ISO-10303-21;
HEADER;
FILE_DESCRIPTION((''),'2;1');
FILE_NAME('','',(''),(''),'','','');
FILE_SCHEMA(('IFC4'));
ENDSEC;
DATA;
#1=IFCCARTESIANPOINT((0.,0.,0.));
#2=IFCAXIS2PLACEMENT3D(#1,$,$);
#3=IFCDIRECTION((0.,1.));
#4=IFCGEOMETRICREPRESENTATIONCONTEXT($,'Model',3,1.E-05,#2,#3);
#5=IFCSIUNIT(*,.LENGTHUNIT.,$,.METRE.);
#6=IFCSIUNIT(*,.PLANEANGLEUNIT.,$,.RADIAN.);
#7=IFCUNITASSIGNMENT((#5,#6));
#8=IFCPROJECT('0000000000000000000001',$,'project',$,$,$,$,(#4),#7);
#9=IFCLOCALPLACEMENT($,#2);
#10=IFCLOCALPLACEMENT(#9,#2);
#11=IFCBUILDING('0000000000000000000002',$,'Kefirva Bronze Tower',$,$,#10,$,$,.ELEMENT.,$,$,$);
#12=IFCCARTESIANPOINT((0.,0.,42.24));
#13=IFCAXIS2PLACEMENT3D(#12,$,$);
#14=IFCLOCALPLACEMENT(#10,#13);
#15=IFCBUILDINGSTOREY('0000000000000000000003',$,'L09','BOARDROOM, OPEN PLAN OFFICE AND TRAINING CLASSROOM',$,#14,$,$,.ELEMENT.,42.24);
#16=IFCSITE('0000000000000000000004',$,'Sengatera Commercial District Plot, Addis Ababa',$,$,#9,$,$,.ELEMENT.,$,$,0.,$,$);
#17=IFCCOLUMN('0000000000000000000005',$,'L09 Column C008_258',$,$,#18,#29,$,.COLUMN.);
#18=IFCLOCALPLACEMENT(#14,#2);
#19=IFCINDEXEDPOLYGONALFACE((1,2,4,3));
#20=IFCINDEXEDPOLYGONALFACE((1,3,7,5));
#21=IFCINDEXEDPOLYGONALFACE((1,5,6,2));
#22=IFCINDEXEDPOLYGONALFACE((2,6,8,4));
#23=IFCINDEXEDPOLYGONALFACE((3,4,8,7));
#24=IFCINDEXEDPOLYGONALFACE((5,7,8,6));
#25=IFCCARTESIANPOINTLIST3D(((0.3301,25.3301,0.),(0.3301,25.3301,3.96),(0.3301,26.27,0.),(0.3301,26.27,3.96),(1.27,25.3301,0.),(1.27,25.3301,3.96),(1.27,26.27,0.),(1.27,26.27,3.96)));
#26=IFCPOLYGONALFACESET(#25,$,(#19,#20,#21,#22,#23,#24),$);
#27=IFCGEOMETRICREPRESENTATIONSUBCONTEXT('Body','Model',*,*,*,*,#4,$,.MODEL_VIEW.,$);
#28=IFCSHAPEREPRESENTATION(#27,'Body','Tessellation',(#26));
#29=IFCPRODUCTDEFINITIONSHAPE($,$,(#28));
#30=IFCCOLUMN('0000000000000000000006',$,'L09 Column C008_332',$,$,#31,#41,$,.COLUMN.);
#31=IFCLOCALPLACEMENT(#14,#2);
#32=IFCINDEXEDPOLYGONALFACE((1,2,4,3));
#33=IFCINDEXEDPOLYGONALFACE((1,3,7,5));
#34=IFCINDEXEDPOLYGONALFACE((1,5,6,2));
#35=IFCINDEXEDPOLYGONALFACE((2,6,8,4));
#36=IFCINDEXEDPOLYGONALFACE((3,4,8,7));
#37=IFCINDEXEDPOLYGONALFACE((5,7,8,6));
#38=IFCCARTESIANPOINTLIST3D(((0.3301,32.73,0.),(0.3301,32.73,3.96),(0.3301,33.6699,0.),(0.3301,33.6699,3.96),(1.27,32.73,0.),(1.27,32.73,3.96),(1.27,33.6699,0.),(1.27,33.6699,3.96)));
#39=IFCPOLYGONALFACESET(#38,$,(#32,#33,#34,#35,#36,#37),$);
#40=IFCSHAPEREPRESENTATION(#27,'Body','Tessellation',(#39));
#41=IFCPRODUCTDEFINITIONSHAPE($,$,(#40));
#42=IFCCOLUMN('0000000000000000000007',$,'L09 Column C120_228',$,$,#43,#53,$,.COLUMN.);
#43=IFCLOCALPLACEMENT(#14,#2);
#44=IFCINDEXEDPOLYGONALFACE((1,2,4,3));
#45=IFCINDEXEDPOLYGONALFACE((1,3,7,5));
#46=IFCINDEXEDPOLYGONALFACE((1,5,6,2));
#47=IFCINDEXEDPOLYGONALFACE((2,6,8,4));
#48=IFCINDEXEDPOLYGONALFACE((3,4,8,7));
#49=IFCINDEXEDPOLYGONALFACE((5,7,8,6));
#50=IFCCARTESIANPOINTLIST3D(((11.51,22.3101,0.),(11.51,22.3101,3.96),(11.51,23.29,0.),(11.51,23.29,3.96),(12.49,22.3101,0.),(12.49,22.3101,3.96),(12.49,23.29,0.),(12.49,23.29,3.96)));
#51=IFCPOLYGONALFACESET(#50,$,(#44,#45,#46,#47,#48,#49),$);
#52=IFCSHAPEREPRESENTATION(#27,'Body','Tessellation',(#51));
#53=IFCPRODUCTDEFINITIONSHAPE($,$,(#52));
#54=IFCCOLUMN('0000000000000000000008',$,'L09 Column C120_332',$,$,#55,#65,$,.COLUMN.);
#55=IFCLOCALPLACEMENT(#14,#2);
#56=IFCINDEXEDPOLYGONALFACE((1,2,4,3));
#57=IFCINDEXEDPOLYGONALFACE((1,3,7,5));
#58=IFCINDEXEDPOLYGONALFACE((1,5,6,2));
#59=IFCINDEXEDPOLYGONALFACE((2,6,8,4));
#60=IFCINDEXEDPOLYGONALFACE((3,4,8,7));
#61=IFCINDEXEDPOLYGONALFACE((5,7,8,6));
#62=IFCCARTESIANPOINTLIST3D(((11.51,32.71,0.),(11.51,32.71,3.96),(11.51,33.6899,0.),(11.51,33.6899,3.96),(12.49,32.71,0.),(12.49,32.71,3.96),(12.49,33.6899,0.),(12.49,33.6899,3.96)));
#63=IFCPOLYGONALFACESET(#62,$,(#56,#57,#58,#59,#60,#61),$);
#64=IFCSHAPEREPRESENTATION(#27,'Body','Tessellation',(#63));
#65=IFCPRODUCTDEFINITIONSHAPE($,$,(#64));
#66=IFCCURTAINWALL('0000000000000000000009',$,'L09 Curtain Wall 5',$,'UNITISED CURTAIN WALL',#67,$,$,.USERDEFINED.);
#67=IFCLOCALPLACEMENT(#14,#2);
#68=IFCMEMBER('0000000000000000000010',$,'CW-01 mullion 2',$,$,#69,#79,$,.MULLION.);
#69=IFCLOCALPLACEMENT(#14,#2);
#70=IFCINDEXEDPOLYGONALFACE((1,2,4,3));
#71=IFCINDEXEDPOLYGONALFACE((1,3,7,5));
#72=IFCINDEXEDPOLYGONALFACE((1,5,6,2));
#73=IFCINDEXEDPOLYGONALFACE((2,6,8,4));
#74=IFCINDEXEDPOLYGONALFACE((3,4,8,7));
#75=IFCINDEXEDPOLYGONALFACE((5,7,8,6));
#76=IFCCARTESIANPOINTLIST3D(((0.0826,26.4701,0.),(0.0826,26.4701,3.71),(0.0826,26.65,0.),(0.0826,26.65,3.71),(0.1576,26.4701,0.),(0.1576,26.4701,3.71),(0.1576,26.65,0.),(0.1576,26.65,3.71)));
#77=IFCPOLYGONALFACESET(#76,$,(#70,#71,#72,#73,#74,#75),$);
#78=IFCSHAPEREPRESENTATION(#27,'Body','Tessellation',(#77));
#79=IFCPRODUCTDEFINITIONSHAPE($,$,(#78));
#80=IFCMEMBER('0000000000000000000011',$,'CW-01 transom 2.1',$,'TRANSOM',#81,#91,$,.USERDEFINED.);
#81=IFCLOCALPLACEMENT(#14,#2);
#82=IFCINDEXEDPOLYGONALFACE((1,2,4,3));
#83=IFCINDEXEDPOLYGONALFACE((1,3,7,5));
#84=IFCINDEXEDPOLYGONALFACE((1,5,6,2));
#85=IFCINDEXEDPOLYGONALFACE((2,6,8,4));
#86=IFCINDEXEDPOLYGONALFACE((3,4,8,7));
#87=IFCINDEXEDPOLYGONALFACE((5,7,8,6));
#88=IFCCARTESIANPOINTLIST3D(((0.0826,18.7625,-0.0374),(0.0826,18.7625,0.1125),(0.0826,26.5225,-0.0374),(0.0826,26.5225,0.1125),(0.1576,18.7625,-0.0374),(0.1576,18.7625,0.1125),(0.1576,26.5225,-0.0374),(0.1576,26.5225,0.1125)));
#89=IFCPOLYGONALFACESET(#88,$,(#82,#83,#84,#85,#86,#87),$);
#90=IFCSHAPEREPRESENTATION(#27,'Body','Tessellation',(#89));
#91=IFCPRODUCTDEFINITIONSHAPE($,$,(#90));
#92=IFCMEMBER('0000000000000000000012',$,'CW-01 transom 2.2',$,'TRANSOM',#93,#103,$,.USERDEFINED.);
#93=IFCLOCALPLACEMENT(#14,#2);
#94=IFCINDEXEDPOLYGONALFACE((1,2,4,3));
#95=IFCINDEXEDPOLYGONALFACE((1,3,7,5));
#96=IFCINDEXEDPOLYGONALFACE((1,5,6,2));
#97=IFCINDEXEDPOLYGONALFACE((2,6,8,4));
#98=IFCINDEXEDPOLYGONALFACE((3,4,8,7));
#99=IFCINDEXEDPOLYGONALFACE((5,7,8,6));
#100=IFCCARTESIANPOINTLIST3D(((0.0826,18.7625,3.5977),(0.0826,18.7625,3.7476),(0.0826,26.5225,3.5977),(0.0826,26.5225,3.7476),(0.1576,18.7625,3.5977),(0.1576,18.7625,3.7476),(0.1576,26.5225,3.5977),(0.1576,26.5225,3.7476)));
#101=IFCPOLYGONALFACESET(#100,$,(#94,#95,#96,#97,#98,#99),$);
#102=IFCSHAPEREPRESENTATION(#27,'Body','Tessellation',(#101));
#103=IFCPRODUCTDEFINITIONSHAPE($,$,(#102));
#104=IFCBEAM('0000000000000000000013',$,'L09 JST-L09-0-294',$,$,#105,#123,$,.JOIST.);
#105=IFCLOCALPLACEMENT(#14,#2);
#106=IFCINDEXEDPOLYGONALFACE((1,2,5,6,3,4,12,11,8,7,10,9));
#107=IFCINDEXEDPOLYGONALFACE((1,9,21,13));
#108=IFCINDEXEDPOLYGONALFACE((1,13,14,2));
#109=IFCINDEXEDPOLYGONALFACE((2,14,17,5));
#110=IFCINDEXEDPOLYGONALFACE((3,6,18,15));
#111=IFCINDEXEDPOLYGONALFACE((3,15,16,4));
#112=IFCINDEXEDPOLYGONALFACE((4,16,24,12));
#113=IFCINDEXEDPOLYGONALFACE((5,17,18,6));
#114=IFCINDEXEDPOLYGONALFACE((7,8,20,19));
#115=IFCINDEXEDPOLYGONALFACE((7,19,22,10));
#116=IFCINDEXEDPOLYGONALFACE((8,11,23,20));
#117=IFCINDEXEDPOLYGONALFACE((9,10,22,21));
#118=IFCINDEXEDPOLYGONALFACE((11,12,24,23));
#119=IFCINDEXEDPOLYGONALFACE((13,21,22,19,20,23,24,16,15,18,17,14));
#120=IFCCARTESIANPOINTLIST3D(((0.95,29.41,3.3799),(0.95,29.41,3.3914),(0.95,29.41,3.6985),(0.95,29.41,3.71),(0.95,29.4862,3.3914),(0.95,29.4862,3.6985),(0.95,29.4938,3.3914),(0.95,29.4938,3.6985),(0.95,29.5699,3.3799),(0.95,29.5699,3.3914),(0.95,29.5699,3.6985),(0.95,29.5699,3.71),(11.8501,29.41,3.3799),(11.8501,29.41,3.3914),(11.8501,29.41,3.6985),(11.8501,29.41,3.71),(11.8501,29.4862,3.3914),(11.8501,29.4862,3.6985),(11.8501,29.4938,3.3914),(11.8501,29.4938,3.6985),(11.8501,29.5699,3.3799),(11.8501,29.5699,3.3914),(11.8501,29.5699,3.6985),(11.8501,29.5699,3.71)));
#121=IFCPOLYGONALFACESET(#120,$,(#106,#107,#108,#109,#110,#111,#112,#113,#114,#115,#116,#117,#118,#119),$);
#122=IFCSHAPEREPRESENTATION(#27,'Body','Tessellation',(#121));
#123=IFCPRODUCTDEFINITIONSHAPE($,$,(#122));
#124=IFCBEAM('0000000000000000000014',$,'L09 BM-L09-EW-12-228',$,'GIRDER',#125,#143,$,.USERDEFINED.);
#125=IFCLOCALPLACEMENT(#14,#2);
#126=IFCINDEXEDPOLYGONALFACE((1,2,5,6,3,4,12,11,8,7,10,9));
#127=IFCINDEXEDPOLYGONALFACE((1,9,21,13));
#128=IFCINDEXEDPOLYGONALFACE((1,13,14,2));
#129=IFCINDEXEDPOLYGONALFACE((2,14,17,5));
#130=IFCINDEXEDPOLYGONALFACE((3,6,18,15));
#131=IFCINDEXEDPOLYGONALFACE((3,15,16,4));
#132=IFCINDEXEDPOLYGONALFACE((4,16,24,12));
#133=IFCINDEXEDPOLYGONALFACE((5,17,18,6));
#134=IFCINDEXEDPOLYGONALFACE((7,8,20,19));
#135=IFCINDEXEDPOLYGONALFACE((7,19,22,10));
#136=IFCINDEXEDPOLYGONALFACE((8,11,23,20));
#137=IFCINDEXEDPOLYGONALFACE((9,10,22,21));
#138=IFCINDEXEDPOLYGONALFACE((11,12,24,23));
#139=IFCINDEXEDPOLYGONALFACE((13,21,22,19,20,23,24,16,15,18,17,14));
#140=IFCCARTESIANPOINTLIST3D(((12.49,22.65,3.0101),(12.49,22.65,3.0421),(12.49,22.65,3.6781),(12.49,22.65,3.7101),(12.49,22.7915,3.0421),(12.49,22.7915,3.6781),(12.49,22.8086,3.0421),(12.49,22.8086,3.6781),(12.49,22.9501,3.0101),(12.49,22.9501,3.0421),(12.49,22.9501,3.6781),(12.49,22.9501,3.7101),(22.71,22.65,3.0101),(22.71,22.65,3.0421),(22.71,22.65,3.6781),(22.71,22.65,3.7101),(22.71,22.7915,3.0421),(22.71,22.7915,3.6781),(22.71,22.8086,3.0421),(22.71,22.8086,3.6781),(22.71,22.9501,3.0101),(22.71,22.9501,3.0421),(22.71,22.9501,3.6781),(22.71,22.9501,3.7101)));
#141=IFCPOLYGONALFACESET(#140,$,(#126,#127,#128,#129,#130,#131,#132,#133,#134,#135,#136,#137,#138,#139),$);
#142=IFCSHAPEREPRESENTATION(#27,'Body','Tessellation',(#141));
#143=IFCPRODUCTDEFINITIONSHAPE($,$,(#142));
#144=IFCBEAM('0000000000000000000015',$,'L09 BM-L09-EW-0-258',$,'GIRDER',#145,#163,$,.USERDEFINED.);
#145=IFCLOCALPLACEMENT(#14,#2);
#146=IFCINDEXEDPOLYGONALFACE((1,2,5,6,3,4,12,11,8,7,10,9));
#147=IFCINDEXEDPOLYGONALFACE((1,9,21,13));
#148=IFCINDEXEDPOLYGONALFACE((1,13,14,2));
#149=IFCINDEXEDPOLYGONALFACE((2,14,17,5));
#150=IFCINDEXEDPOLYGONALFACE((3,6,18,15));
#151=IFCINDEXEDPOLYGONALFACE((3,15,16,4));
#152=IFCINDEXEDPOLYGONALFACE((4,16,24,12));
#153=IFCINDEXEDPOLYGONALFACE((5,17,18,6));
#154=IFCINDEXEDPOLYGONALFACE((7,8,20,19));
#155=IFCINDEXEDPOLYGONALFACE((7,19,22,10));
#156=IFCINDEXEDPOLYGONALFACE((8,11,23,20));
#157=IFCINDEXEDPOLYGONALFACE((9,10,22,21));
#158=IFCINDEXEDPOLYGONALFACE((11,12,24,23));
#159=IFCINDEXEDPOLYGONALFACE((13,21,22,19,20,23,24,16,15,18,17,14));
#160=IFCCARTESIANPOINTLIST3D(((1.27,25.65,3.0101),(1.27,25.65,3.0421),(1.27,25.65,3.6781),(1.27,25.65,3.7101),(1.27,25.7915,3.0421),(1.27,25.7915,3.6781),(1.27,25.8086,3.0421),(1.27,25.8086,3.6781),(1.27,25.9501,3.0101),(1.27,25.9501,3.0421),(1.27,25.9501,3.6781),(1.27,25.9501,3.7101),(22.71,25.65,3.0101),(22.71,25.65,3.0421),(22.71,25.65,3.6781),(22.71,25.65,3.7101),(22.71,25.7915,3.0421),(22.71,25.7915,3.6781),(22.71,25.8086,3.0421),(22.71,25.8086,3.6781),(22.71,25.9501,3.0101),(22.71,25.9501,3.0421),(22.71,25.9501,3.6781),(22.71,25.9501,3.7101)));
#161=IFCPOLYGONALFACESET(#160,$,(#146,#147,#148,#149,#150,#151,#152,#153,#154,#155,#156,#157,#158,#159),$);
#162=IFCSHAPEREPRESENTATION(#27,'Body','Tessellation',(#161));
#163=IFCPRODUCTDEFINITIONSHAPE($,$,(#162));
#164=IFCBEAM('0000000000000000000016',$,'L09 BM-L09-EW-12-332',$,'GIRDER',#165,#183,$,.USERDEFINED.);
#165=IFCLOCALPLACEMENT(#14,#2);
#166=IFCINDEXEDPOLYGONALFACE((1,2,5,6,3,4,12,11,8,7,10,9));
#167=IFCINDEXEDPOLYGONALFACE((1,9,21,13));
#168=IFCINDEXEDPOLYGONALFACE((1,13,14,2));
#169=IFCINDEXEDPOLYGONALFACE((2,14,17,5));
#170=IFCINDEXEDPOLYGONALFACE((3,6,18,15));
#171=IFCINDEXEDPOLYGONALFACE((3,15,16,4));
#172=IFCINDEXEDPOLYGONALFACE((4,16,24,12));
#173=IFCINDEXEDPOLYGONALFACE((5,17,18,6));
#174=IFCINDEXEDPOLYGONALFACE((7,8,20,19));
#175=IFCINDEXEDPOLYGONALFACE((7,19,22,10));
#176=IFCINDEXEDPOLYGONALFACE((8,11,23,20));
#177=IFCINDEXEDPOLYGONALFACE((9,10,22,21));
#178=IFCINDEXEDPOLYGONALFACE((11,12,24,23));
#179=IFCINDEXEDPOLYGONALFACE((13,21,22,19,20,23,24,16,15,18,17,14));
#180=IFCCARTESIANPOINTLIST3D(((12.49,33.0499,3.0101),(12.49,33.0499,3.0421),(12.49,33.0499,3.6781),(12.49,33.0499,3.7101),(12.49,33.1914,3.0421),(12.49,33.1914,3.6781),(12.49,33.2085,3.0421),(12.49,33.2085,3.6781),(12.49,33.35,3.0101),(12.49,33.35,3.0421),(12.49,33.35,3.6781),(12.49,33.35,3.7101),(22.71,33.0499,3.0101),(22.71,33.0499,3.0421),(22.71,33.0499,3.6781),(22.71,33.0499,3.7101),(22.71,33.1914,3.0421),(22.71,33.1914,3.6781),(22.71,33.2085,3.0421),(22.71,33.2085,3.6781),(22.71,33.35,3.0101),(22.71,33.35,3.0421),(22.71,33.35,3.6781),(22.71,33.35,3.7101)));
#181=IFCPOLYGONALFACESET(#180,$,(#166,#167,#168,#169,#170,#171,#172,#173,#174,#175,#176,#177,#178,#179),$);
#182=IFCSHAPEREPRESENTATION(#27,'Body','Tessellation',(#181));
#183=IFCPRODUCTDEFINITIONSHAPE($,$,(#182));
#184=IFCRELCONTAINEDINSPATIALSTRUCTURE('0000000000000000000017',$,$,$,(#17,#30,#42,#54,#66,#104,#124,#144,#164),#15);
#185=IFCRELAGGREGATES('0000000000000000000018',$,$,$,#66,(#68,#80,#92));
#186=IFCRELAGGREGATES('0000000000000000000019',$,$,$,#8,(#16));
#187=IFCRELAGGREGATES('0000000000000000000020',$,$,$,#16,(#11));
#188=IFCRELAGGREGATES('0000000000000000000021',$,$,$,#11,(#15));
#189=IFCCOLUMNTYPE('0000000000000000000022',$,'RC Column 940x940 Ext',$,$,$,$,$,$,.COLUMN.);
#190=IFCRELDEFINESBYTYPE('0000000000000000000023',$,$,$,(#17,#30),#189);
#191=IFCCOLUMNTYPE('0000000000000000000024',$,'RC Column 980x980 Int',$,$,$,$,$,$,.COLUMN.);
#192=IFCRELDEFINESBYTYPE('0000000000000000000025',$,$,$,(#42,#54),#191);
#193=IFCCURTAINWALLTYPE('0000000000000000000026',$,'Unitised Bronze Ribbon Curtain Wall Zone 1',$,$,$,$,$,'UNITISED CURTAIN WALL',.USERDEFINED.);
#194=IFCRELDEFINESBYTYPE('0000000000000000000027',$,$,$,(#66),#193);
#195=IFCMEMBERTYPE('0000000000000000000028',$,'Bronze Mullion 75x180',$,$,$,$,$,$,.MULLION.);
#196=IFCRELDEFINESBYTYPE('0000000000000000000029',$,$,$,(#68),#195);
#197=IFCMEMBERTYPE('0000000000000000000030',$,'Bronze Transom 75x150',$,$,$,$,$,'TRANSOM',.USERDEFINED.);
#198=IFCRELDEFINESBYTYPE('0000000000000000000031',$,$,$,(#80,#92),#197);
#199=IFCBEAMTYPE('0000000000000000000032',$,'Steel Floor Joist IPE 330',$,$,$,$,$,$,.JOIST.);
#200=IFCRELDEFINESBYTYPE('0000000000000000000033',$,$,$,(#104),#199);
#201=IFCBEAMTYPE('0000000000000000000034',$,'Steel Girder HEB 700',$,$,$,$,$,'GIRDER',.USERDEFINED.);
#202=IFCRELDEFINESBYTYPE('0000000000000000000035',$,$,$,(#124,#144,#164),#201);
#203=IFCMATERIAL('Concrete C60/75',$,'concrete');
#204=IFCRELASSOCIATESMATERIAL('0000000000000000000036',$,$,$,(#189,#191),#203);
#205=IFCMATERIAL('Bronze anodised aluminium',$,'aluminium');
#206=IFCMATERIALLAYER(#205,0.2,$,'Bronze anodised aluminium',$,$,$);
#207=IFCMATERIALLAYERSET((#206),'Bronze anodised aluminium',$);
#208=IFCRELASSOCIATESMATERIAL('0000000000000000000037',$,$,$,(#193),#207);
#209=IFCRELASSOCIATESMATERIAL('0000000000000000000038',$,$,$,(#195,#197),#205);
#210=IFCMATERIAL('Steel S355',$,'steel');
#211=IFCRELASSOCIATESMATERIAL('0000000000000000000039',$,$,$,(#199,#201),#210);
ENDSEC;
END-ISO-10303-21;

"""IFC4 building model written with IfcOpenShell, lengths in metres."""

from ifc_helpers import new_model, si_unit, direction, frame, origin, origin_2d, place, context, subcontext, project, spatial, rectangle, i_section, extrude, material, layer, layer_set, material_profile, profile_set, type_object, element, aggregate, save


model = new_model("IFC4")

# Units and contexts
model_context = context("Model", 3, precision=1e-05, world=origin(), true_north=direction((0.0, 1.0)))
body_context = subcontext(model_context, "Body", "Model", "MODEL_VIEW")
ifc_project = project(units=[si_unit("LENGTHUNIT", "METRE"), si_unit("PLANEANGLEUNIT", "RADIAN")], contexts=[model_context])

# Site, building, storey
site_placement = place(None, origin())
site = spatial("IfcSite", under=ifc_project, at=site_placement, Name="Sengatera Commercial District Plot, Addis Ababa", CompositionType="ELEMENT", RefElevation=0.0)
building_placement = place(site_placement, origin())
building = spatial("IfcBuilding", under=site, at=building_placement, Name="Kefirva Bronze Tower", CompositionType="ELEMENT")
storey_placement = place(building_placement, frame((0.0, 0.0, 42.24)))
storey = spatial("IfcBuildingStorey", under=building, at=storey_placement, Name="L09", Description="BOARDROOM, OPEN PLAN OFFICE AND TRAINING CLASSROOM", CompositionType="ELEMENT", Elevation=42.24)

# Columns
ifc_material_1 = material(Name="Concrete C60/75", Category="concrete")
ifc_material_profile_1 = material_profile(ifc_material_1, rectangle(XDim=0.9399, YDim=0.9399, at=origin_2d()), Name="RC 940x940")
ifc_profile_set_1 = profile_set([ifc_material_profile_1], Name="Concrete C60/75")
column_type_1 = type_object("IfcColumnType", Name="RC Column 940x940 Ext", PredefinedType="COLUMN", material=ifc_profile_set_1)
for number, where, z_axis, x_axis, name in (
    (1, (0.8, 25.8, 0.0), (0.0, 0.0, 1.0), (1.0, 0.0, 0.0), "L09 Column C008_258"),
    (2, (0.8, 33.2, 0.0), (0.0, 0.0, 1.0), (1.0, 0.0, 0.0), "L09 Column C008_332"),
):
    element("IfcColumn", number, at=place(storey_placement, frame(where, z_axis=z_axis, x_axis=x_axis)), inside=storey, type_object=column_type_1, Name=name, PredefinedType="COLUMN", context=body_context, shape_type="SweptSolid", body=[
        extrude(rectangle(XDim=0.9399, YDim=0.9399, at=origin_2d()), origin(), (0.0, 0.0, 1.0), 3.96),
    ])
ifc_material_profile_2 = material_profile(ifc_material_1, rectangle(XDim=0.98, YDim=0.98, at=origin_2d()), Name="RC 980x980")
ifc_profile_set_2 = profile_set([ifc_material_profile_2], Name="Concrete C60/75")
column_type_2 = type_object("IfcColumnType", Name="RC Column 980x980 Int", PredefinedType="COLUMN", material=ifc_profile_set_2)
for number, where, z_axis, x_axis, name in (
    (3, (12.0, 22.8, 0.0), (0.0, 0.0, 1.0), (1.0, 0.0, 0.0), "L09 Column C120_228"),
    (4, (12.0, 33.2, 0.0), (0.0, 0.0, 1.0), (1.0, 0.0, 0.0), "L09 Column C120_332"),
):
    element("IfcColumn", number, at=place(storey_placement, frame(where, z_axis=z_axis, x_axis=x_axis)), inside=storey, type_object=column_type_2, Name=name, PredefinedType="COLUMN", context=body_context, shape_type="SweptSolid", body=[
        extrude(rectangle(XDim=0.98, YDim=0.98, at=origin_2d()), origin(), (0.0, 0.0, 1.0), 3.96),
    ])

# Curtain wall, members
ifc_material_2 = material(Name="Bronze anodised aluminium", Category="aluminium")
ifc_layer_1 = layer(ifc_material_2, 0.2, Name="Bronze anodised aluminium")
ifc_layer_set_1 = layer_set([ifc_layer_1], Name="Bronze anodised aluminium")
curtain_wall_type = type_object("IfcCurtainWallType", Name="Unitised Bronze Ribbon Curtain Wall Zone 1", ElementType="UNITISED CURTAIN WALL", PredefinedType="USERDEFINED", material=ifc_layer_set_1)
curtain_wall_placement = place(storey_placement, origin())
curtain_wall = element("IfcCurtainWall", 5, at=curtain_wall_placement, inside=storey, type_object=curtain_wall_type, Name="L09 Curtain Wall 5", ObjectType="UNITISED CURTAIN WALL", PredefinedType="USERDEFINED")
ifc_material_profile_3 = material_profile(ifc_material_2, rectangle(XDim=0.075, YDim=0.1799, at=origin_2d()), Name="ALU 75x180")
ifc_profile_set_3 = profile_set([ifc_material_profile_3], Name="Bronze anodised aluminium")
member_type_1 = type_object("IfcMemberType", Name="Bronze Mullion 75x180", PredefinedType="MULLION", material=ifc_profile_set_3)
member_1_placement = place(storey_placement, frame((0.1201, 26.5601, 0.0), z_axis=(0.0, 0.0, 1.0), x_axis=(1.0, 0.0, 0.0)))
member_1 = element("IfcMember", 6, at=member_1_placement, type_object=member_type_1, Name="CW-01 mullion 2", PredefinedType="MULLION", context=body_context, shape_type="SweptSolid", body=[
    extrude(rectangle(XDim=0.075, YDim=0.1799, at=origin_2d()), origin(), (0.0, 0.0, 1.0), 3.71),
])
ifc_material_profile_4 = material_profile(ifc_material_2, rectangle(XDim=0.075, YDim=0.1499, at=origin_2d()), Name="ALU 75x150")
ifc_profile_set_4 = profile_set([ifc_material_profile_4], Name="Bronze anodised aluminium")
member_type_2 = type_object("IfcMemberType", Name="Bronze Transom 75x150", ElementType="TRANSOM", PredefinedType="USERDEFINED", material=ifc_profile_set_4)
member_2_placement = place(storey_placement, frame((0.1201, 26.5225, 0.0376), z_axis=(0.0, -1.0, 0.0), x_axis=(1.0, 0.0, 0.0)))
member_2 = element("IfcMember", 7, at=member_2_placement, type_object=member_type_2, Name="CW-01 transom 2.1", ObjectType="TRANSOM", PredefinedType="USERDEFINED", context=body_context, shape_type="SweptSolid", body=[
    extrude(rectangle(XDim=0.075, YDim=0.1499, at=origin_2d()), origin(), (0.0, 0.0, 1.0), 7.76),
])
member_3_placement = place(storey_placement, frame((0.1201, 26.5225, 3.6726), z_axis=(0.0, -1.0, 0.0), x_axis=(1.0, 0.0, 0.0)))
member_3 = element("IfcMember", 8, at=member_3_placement, type_object=member_type_2, Name="CW-01 transom 2.2", ObjectType="TRANSOM", PredefinedType="USERDEFINED", context=body_context, shape_type="SweptSolid", body=[
    extrude(rectangle(XDim=0.075, YDim=0.1499, at=origin_2d()), origin(), (0.0, 0.0, 1.0), 7.76),
])

# Beams
ifc_material_3 = material(Name="Steel S355", Category="steel")
ifc_material_profile_5 = material_profile(ifc_material_3, i_section(OverallWidth=0.1599, OverallDepth=0.3301, WebThickness=0.0076, FlangeThickness=0.0115, at=origin_2d()), Name="IPE 330")
ifc_profile_set_5 = profile_set([ifc_material_profile_5], Name="Steel S355")
beam_type_1 = type_object("IfcBeamType", Name="Steel Floor Joist IPE 330", PredefinedType="JOIST", material=ifc_profile_set_5)
beam_1_placement = place(storey_placement, frame((0.95, 29.49, 3.5449), z_axis=(1.0, 0.0, 0.0), x_axis=(0.0, 1.0, 0.0)))
element("IfcBeam", 9, at=beam_1_placement, inside=storey, type_object=beam_type_1, Name="L09 JST-L09-0-294", PredefinedType="JOIST", context=body_context, shape_type="SweptSolid", body=[
    extrude(i_section(OverallWidth=0.1599, OverallDepth=0.3301, WebThickness=0.0076, FlangeThickness=0.0115, at=origin_2d()), origin(), (0.0, 0.0, 1.0), 10.9001),
])
ifc_material_profile_6 = material_profile(ifc_material_3, i_section(OverallWidth=0.3, OverallDepth=0.7, WebThickness=0.0171, FlangeThickness=0.032, at=origin_2d()), Name="HEB 700")
ifc_profile_set_6 = profile_set([ifc_material_profile_6], Name="Steel S355")
beam_type_2 = type_object("IfcBeamType", Name="Steel Girder HEB 700", ElementType="GIRDER", PredefinedType="USERDEFINED", material=ifc_profile_set_6)
beam_2_placement = place(storey_placement, frame((12.49, 22.8, 3.3601), z_axis=(1.0, 0.0, 0.0), x_axis=(0.0, 1.0, 0.0)))
element("IfcBeam", 10, at=beam_2_placement, inside=storey, type_object=beam_type_2, Name="L09 BM-L09-EW-12-228", ObjectType="GIRDER", PredefinedType="USERDEFINED", context=body_context, shape_type="SweptSolid", body=[
    extrude(i_section(OverallWidth=0.3, OverallDepth=0.7, WebThickness=0.0171, FlangeThickness=0.032, at=origin_2d()), origin(), (0.0, 0.0, 1.0), 10.22),
])
beam_3_placement = place(storey_placement, frame((1.27, 25.8, 3.3601), z_axis=(1.0, 0.0, 0.0), x_axis=(0.0, 1.0, 0.0)))
element("IfcBeam", 11, at=beam_3_placement, inside=storey, type_object=beam_type_2, Name="L09 BM-L09-EW-0-258", ObjectType="GIRDER", PredefinedType="USERDEFINED", context=body_context, shape_type="SweptSolid", body=[
    extrude(i_section(OverallWidth=0.3, OverallDepth=0.7, WebThickness=0.0171, FlangeThickness=0.032, at=origin_2d()), origin(), (0.0, 0.0, 1.0), 21.4399),
])
beam_4_placement = place(storey_placement, frame((12.49, 33.2, 3.3601), z_axis=(1.0, 0.0, 0.0), x_axis=(0.0, 1.0, 0.0)))
element("IfcBeam", 12, at=beam_4_placement, inside=storey, type_object=beam_type_2, Name="L09 BM-L09-EW-12-332", ObjectType="GIRDER", PredefinedType="USERDEFINED", context=body_context, shape_type="SweptSolid", body=[
    extrude(i_section(OverallWidth=0.3, OverallDepth=0.7, WebThickness=0.0171, FlangeThickness=0.032, at=origin_2d()), origin(), (0.0, 0.0, 1.0), 10.22),
])

aggregate(curtain_wall, [member_1, member_2, member_3])

save(model, "model.ifc")
